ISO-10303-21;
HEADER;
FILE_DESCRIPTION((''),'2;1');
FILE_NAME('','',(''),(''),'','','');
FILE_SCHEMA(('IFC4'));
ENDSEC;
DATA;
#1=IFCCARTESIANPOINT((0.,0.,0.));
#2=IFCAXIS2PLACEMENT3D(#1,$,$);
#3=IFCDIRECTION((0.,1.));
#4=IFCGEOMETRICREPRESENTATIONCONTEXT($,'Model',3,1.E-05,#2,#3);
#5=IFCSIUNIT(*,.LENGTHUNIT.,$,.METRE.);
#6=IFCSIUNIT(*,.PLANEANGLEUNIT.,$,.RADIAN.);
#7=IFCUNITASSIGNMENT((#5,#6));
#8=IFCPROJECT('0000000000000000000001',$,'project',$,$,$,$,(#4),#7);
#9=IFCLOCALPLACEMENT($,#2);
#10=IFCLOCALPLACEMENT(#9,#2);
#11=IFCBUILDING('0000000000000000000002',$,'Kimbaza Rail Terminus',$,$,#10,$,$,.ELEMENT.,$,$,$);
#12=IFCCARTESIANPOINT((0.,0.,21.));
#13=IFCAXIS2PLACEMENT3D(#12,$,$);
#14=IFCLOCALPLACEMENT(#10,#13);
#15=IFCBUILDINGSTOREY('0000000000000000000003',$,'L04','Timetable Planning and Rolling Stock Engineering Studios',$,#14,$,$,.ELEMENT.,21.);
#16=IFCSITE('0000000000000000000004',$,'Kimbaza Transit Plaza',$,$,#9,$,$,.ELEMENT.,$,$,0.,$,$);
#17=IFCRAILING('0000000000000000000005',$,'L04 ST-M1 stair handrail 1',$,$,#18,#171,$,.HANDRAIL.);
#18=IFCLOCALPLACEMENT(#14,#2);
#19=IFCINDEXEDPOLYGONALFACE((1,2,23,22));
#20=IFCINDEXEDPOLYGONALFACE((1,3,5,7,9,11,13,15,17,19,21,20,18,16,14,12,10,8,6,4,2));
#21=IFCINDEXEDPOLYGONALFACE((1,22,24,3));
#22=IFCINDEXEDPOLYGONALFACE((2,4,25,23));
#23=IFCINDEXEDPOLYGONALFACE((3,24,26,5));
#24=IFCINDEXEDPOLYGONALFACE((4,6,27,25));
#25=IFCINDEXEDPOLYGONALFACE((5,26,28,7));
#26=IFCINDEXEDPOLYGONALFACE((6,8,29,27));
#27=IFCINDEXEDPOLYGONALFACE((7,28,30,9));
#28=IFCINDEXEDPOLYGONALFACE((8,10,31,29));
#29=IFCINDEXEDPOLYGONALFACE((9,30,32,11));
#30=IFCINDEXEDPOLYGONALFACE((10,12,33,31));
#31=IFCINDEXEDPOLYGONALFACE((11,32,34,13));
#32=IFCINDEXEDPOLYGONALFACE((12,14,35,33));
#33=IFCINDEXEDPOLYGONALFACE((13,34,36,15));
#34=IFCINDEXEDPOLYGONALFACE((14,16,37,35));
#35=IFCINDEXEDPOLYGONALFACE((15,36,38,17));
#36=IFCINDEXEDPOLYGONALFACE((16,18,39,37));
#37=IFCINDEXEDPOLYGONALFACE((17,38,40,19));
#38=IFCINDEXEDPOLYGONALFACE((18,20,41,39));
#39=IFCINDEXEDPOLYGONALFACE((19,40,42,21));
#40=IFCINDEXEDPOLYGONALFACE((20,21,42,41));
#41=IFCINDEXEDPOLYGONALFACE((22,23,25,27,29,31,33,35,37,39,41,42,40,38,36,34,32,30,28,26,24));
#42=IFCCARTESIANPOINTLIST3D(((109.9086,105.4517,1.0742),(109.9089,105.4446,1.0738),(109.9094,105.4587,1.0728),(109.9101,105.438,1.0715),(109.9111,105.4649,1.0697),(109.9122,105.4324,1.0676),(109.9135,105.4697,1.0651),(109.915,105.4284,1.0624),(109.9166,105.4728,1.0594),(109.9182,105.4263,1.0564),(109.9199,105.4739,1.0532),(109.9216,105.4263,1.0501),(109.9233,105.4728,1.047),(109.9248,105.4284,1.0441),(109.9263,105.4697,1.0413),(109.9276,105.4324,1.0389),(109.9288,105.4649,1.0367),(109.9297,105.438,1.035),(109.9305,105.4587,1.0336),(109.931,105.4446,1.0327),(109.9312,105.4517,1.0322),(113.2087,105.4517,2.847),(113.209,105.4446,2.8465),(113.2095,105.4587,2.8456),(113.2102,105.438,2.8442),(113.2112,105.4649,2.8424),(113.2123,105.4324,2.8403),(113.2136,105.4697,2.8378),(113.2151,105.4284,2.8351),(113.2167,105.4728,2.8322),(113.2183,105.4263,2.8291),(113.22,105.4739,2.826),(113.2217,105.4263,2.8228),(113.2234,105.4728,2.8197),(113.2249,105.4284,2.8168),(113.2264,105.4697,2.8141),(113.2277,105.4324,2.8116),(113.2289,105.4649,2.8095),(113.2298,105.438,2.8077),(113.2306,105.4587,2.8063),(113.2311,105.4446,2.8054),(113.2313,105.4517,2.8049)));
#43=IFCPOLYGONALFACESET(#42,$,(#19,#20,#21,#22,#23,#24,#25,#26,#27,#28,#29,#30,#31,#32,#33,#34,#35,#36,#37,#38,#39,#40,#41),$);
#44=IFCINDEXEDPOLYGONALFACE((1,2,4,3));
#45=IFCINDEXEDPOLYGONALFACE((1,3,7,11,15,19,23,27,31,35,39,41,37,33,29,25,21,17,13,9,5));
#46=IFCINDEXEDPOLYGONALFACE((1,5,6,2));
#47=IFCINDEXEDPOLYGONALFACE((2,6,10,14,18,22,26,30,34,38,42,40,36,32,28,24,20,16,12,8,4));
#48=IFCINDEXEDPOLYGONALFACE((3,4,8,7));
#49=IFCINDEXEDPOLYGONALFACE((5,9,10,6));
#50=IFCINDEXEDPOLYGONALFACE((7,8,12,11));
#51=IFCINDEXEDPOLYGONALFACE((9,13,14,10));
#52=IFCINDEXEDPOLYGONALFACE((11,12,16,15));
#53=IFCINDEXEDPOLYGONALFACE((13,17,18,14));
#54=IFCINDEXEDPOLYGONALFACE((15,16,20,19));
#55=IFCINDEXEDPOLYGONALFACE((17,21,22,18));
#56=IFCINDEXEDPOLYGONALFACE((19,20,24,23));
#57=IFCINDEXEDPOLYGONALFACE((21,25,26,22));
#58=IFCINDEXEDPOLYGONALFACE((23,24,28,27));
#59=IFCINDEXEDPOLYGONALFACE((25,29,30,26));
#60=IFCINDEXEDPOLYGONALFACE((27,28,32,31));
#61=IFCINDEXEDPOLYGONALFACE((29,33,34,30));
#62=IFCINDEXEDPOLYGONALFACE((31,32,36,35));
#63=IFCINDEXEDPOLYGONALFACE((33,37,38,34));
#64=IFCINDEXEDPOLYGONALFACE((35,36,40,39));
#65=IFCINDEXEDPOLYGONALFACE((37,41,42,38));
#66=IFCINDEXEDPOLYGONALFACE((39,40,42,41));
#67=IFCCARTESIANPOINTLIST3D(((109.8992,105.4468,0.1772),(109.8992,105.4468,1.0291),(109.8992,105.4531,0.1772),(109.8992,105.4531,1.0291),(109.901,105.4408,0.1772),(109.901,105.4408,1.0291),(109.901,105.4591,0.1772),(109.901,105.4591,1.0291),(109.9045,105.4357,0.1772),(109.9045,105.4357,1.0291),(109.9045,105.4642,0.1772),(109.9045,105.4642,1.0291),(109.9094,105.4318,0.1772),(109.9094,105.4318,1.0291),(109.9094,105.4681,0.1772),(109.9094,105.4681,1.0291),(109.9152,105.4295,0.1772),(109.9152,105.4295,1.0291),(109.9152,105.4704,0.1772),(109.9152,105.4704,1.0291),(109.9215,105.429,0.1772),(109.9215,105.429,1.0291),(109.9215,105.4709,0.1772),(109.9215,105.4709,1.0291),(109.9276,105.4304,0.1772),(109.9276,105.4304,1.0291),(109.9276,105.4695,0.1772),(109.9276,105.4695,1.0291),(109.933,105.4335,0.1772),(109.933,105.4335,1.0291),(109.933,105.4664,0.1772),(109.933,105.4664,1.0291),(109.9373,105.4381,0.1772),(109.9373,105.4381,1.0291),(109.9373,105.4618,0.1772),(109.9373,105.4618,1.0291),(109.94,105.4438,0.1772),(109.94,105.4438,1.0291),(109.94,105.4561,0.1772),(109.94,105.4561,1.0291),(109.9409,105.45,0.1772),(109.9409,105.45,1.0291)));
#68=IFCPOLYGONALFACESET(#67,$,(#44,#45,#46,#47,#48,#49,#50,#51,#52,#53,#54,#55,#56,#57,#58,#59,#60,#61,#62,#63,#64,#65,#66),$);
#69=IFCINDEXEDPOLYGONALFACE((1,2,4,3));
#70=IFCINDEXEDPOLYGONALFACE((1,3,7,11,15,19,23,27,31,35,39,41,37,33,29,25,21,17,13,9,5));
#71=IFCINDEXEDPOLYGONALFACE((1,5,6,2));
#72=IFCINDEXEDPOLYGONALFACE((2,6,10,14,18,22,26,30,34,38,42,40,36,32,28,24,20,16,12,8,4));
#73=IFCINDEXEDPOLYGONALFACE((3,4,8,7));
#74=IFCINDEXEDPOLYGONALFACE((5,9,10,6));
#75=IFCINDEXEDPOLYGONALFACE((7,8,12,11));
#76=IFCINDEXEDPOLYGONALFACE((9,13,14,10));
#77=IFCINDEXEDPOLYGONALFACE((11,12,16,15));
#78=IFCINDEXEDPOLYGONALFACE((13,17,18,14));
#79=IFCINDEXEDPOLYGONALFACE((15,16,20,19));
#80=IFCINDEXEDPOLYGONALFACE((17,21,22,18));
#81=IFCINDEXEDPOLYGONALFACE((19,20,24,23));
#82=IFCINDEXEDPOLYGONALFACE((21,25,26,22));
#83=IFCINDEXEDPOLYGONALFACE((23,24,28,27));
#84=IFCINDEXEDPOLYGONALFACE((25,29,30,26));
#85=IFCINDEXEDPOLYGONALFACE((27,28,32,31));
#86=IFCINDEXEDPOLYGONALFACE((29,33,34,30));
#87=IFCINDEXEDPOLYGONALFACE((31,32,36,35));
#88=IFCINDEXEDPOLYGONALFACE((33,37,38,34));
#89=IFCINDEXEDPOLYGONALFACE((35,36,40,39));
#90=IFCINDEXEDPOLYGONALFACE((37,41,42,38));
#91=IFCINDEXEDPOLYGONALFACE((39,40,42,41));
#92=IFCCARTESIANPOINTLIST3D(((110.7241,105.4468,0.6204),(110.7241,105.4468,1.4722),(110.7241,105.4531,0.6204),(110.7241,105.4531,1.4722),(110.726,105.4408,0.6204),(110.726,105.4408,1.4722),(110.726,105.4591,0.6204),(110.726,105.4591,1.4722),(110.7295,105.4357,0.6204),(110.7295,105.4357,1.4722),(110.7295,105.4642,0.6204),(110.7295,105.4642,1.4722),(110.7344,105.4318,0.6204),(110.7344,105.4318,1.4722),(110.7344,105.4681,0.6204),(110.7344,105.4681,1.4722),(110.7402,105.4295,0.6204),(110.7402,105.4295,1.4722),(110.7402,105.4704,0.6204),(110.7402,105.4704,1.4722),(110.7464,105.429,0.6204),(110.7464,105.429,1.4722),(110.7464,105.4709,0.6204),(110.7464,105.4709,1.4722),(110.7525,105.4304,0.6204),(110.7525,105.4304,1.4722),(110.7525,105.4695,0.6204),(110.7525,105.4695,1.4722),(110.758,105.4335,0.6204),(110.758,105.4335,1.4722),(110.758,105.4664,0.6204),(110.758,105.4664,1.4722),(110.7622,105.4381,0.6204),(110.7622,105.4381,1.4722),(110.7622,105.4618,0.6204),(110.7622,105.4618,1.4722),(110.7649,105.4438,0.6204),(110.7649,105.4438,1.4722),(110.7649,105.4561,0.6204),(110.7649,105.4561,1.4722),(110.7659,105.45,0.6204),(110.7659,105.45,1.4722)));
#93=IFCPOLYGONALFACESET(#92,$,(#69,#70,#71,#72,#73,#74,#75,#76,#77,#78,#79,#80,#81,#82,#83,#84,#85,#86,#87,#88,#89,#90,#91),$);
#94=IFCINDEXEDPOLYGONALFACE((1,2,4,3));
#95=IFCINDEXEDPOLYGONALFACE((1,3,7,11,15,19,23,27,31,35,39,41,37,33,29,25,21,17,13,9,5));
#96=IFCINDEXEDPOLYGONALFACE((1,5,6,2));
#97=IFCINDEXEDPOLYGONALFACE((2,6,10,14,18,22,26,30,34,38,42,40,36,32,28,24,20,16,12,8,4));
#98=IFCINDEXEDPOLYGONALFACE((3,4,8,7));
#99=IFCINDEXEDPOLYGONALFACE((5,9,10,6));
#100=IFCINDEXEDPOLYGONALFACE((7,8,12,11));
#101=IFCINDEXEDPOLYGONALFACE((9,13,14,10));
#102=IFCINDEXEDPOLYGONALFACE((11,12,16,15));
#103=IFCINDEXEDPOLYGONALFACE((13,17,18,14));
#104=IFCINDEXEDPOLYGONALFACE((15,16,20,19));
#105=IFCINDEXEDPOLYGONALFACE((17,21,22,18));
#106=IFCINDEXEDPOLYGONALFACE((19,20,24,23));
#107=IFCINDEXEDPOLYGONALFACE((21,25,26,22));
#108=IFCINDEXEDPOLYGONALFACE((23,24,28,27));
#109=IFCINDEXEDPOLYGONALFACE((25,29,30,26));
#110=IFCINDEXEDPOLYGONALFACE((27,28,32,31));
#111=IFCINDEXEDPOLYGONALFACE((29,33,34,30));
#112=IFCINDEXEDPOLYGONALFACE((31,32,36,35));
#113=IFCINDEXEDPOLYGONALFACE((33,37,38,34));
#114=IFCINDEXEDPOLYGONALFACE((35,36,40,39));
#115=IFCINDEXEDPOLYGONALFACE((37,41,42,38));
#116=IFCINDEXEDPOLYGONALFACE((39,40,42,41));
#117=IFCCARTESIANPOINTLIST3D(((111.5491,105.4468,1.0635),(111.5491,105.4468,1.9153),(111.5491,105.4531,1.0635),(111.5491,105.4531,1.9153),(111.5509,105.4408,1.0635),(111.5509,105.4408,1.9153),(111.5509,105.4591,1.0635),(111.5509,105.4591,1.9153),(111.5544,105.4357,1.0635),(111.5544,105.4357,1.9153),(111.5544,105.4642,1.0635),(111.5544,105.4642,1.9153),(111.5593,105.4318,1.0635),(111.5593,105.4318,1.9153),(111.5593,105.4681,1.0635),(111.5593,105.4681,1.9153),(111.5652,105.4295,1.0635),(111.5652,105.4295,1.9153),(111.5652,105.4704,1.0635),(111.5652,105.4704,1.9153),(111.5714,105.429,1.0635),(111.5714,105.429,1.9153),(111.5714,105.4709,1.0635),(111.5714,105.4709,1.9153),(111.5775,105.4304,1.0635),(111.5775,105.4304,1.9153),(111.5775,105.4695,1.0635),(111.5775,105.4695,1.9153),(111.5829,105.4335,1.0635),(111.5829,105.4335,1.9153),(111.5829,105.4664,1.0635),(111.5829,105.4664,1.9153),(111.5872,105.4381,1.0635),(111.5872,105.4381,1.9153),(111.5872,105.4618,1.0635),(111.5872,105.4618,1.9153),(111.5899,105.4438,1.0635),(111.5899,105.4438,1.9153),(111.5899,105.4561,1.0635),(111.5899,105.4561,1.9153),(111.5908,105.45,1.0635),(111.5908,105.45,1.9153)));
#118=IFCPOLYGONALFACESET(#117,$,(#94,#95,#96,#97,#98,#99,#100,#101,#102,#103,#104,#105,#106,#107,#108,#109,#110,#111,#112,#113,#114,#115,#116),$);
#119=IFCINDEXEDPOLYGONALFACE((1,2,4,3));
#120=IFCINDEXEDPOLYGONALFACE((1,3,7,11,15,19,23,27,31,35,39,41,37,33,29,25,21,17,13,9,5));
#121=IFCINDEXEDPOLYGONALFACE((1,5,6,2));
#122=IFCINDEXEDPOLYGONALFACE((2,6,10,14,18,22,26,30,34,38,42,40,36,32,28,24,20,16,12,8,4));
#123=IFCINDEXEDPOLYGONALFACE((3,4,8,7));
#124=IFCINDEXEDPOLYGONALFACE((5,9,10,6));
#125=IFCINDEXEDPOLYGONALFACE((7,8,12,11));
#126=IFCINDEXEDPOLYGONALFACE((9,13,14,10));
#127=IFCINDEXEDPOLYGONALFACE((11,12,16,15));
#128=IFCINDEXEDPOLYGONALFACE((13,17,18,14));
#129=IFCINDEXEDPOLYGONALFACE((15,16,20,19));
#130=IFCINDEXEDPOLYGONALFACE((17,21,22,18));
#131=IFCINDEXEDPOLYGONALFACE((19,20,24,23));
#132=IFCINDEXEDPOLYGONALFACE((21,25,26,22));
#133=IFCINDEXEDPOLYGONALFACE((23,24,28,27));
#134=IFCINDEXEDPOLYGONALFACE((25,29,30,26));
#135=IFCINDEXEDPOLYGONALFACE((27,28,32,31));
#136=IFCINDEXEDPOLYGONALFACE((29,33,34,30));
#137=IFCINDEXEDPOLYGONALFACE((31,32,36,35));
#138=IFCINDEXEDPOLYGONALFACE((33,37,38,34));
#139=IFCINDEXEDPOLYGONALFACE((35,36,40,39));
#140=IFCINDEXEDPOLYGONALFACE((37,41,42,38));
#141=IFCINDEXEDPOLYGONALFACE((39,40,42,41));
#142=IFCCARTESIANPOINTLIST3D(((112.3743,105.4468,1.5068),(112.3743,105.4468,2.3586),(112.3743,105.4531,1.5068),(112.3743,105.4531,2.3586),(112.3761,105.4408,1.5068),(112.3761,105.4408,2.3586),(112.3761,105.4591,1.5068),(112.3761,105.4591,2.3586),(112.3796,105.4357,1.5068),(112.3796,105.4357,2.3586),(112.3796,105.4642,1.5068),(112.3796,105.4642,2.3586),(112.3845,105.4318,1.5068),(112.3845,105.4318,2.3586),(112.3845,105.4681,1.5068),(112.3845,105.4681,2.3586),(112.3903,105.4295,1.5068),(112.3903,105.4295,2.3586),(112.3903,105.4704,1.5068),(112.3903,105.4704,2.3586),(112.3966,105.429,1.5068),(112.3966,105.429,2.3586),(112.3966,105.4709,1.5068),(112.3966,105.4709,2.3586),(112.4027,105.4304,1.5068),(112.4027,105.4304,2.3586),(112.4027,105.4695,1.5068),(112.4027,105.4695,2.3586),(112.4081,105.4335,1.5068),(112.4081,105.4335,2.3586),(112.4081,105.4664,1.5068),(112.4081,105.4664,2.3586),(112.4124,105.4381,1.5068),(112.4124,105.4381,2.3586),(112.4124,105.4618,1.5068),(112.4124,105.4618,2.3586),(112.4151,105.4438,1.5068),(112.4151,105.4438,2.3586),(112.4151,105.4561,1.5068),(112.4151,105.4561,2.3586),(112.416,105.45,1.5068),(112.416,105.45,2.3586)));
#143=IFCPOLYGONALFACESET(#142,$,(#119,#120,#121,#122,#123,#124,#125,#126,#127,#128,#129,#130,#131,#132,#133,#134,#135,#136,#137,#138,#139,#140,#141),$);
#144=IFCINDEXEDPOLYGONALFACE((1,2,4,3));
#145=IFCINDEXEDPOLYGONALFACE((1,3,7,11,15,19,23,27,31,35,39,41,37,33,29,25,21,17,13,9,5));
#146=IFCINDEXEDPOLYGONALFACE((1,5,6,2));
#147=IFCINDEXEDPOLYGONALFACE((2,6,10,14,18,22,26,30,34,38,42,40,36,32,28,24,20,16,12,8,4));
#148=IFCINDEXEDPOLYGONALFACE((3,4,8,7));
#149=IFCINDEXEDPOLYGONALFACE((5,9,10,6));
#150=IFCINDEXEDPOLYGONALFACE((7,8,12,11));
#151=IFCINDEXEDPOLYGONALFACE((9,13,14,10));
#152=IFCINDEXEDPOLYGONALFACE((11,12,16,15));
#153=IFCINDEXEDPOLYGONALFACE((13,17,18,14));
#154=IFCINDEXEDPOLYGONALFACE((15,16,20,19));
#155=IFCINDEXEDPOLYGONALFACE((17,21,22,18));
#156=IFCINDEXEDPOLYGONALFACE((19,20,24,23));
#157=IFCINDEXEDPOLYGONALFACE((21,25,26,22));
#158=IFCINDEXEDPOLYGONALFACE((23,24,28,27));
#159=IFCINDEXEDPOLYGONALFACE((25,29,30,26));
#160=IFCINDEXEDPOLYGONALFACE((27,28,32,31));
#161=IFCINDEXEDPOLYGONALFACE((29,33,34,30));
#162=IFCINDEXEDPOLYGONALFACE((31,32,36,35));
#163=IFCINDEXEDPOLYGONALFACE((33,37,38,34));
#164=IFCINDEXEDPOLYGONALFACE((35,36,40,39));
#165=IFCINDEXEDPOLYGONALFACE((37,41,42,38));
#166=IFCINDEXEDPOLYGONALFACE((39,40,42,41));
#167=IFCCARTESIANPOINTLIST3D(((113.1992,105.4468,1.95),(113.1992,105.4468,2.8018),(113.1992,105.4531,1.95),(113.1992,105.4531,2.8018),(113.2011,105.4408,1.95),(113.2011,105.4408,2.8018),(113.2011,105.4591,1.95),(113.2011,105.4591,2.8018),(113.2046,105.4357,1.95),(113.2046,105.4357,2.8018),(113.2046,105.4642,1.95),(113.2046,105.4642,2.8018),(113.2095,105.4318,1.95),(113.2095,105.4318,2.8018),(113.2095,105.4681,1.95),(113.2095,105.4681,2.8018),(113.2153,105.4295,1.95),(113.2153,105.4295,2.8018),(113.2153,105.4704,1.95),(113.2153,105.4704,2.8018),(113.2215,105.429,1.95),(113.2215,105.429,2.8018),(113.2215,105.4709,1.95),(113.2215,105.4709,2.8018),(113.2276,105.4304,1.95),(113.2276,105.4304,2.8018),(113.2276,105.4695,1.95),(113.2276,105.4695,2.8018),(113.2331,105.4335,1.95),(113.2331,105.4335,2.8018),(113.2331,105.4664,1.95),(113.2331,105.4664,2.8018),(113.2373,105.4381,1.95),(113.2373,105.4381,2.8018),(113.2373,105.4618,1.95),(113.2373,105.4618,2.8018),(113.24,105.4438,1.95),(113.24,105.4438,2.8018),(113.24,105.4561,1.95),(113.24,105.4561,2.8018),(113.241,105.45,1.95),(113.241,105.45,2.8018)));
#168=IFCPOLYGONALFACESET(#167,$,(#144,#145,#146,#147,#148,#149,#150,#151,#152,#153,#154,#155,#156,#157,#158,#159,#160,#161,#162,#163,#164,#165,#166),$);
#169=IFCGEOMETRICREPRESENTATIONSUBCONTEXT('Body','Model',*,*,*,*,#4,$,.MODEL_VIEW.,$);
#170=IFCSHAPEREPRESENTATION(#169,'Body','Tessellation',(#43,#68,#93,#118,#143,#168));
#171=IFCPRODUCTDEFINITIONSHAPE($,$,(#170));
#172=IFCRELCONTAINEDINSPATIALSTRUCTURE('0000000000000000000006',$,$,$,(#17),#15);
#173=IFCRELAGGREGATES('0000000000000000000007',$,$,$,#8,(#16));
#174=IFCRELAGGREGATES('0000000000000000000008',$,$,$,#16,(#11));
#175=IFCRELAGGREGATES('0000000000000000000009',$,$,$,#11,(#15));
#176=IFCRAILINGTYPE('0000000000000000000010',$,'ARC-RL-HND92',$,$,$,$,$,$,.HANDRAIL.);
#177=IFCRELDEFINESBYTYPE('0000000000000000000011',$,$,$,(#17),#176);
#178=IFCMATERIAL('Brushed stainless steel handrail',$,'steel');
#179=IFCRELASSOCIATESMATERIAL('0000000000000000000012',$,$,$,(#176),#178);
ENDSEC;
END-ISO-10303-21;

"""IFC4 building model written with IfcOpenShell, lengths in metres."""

from ifc_helpers import new_model, si_unit, direction, frame, origin, origin_2d, place, context, subcontext, project, spatial, circle, extrude, material, type_object, element, save


model = new_model("IFC4")

# Units and contexts
model_context = context("Model", 3, precision=1e-05, world=origin(), true_north=direction((0.0, 1.0)))
body_context = subcontext(model_context, "Body", "Model", "MODEL_VIEW")
ifc_project = project(units=[si_unit("LENGTHUNIT", "METRE"), si_unit("PLANEANGLEUNIT", "RADIAN")], contexts=[model_context])

# Site, building, storey
site_placement = place(None, origin())
site = spatial("IfcSite", under=ifc_project, at=site_placement, Name="Kimbaza Transit Plaza", CompositionType="ELEMENT", RefElevation=0.0)
building_placement = place(site_placement, origin())
building = spatial("IfcBuilding", under=site, at=building_placement, Name="Kimbaza Rail Terminus", CompositionType="ELEMENT")
storey_placement = place(building_placement, frame((0.0, 0.0, 21.0)))
storey = spatial("IfcBuildingStorey", under=building, at=storey_placement, Name="L04", Description="Timetable Planning and Rolling Stock Engineering Studios", CompositionType="ELEMENT", Elevation=21.0)

# Railing
ifc_material_1 = material(Name="Brushed stainless steel handrail", Category="steel")
railing_type_1 = type_object("IfcRailingType", Name="ARC-RL-HND92", PredefinedType="HANDRAIL", material=ifc_material_1)
railing_1_placement = place(storey_placement, frame((109.9199, 105.45, 0.1772)))
element("IfcRailing", 1, at=railing_1_placement, inside=storey, type_object=railing_type_1, Name="L04 ST-M1 stair handrail 1", PredefinedType="HANDRAIL", context=body_context, shape_type="SweptSolid", body=[
    extrude(circle(Radius=0.0239, at=origin_2d()), frame((0.0, 0.0, 0.876), z_axis=(0.880944, 0.0, 0.473221), x_axis=(0.0, 1.0, 0.0)), (0.0, 0.0, 1.0), 3.7461),
    extrude(circle(Radius=0.021, at=origin_2d()), origin(), (0.0, 0.0, 1.0), 0.8518),
    extrude(circle(Radius=0.021, at=origin_2d()), frame((0.825, 0.0, 0.4431)), (0.0, 0.0, 1.0), 0.8518),
    extrude(circle(Radius=0.021, at=origin_2d()), frame((1.6499, 0.0, 0.8862)), (0.0, 0.0, 1.0), 0.8518),
    extrude(circle(Radius=0.021, at=origin_2d()), frame((2.4751, 0.0, 1.3296)), (0.0, 0.0, 1.0), 0.8518),
    extrude(circle(Radius=0.021, at=origin_2d()), frame((3.3, 0.0, 1.7727)), (0.0, 0.0, 1.0), 0.8518),
])

save(model, "model.ifc")
